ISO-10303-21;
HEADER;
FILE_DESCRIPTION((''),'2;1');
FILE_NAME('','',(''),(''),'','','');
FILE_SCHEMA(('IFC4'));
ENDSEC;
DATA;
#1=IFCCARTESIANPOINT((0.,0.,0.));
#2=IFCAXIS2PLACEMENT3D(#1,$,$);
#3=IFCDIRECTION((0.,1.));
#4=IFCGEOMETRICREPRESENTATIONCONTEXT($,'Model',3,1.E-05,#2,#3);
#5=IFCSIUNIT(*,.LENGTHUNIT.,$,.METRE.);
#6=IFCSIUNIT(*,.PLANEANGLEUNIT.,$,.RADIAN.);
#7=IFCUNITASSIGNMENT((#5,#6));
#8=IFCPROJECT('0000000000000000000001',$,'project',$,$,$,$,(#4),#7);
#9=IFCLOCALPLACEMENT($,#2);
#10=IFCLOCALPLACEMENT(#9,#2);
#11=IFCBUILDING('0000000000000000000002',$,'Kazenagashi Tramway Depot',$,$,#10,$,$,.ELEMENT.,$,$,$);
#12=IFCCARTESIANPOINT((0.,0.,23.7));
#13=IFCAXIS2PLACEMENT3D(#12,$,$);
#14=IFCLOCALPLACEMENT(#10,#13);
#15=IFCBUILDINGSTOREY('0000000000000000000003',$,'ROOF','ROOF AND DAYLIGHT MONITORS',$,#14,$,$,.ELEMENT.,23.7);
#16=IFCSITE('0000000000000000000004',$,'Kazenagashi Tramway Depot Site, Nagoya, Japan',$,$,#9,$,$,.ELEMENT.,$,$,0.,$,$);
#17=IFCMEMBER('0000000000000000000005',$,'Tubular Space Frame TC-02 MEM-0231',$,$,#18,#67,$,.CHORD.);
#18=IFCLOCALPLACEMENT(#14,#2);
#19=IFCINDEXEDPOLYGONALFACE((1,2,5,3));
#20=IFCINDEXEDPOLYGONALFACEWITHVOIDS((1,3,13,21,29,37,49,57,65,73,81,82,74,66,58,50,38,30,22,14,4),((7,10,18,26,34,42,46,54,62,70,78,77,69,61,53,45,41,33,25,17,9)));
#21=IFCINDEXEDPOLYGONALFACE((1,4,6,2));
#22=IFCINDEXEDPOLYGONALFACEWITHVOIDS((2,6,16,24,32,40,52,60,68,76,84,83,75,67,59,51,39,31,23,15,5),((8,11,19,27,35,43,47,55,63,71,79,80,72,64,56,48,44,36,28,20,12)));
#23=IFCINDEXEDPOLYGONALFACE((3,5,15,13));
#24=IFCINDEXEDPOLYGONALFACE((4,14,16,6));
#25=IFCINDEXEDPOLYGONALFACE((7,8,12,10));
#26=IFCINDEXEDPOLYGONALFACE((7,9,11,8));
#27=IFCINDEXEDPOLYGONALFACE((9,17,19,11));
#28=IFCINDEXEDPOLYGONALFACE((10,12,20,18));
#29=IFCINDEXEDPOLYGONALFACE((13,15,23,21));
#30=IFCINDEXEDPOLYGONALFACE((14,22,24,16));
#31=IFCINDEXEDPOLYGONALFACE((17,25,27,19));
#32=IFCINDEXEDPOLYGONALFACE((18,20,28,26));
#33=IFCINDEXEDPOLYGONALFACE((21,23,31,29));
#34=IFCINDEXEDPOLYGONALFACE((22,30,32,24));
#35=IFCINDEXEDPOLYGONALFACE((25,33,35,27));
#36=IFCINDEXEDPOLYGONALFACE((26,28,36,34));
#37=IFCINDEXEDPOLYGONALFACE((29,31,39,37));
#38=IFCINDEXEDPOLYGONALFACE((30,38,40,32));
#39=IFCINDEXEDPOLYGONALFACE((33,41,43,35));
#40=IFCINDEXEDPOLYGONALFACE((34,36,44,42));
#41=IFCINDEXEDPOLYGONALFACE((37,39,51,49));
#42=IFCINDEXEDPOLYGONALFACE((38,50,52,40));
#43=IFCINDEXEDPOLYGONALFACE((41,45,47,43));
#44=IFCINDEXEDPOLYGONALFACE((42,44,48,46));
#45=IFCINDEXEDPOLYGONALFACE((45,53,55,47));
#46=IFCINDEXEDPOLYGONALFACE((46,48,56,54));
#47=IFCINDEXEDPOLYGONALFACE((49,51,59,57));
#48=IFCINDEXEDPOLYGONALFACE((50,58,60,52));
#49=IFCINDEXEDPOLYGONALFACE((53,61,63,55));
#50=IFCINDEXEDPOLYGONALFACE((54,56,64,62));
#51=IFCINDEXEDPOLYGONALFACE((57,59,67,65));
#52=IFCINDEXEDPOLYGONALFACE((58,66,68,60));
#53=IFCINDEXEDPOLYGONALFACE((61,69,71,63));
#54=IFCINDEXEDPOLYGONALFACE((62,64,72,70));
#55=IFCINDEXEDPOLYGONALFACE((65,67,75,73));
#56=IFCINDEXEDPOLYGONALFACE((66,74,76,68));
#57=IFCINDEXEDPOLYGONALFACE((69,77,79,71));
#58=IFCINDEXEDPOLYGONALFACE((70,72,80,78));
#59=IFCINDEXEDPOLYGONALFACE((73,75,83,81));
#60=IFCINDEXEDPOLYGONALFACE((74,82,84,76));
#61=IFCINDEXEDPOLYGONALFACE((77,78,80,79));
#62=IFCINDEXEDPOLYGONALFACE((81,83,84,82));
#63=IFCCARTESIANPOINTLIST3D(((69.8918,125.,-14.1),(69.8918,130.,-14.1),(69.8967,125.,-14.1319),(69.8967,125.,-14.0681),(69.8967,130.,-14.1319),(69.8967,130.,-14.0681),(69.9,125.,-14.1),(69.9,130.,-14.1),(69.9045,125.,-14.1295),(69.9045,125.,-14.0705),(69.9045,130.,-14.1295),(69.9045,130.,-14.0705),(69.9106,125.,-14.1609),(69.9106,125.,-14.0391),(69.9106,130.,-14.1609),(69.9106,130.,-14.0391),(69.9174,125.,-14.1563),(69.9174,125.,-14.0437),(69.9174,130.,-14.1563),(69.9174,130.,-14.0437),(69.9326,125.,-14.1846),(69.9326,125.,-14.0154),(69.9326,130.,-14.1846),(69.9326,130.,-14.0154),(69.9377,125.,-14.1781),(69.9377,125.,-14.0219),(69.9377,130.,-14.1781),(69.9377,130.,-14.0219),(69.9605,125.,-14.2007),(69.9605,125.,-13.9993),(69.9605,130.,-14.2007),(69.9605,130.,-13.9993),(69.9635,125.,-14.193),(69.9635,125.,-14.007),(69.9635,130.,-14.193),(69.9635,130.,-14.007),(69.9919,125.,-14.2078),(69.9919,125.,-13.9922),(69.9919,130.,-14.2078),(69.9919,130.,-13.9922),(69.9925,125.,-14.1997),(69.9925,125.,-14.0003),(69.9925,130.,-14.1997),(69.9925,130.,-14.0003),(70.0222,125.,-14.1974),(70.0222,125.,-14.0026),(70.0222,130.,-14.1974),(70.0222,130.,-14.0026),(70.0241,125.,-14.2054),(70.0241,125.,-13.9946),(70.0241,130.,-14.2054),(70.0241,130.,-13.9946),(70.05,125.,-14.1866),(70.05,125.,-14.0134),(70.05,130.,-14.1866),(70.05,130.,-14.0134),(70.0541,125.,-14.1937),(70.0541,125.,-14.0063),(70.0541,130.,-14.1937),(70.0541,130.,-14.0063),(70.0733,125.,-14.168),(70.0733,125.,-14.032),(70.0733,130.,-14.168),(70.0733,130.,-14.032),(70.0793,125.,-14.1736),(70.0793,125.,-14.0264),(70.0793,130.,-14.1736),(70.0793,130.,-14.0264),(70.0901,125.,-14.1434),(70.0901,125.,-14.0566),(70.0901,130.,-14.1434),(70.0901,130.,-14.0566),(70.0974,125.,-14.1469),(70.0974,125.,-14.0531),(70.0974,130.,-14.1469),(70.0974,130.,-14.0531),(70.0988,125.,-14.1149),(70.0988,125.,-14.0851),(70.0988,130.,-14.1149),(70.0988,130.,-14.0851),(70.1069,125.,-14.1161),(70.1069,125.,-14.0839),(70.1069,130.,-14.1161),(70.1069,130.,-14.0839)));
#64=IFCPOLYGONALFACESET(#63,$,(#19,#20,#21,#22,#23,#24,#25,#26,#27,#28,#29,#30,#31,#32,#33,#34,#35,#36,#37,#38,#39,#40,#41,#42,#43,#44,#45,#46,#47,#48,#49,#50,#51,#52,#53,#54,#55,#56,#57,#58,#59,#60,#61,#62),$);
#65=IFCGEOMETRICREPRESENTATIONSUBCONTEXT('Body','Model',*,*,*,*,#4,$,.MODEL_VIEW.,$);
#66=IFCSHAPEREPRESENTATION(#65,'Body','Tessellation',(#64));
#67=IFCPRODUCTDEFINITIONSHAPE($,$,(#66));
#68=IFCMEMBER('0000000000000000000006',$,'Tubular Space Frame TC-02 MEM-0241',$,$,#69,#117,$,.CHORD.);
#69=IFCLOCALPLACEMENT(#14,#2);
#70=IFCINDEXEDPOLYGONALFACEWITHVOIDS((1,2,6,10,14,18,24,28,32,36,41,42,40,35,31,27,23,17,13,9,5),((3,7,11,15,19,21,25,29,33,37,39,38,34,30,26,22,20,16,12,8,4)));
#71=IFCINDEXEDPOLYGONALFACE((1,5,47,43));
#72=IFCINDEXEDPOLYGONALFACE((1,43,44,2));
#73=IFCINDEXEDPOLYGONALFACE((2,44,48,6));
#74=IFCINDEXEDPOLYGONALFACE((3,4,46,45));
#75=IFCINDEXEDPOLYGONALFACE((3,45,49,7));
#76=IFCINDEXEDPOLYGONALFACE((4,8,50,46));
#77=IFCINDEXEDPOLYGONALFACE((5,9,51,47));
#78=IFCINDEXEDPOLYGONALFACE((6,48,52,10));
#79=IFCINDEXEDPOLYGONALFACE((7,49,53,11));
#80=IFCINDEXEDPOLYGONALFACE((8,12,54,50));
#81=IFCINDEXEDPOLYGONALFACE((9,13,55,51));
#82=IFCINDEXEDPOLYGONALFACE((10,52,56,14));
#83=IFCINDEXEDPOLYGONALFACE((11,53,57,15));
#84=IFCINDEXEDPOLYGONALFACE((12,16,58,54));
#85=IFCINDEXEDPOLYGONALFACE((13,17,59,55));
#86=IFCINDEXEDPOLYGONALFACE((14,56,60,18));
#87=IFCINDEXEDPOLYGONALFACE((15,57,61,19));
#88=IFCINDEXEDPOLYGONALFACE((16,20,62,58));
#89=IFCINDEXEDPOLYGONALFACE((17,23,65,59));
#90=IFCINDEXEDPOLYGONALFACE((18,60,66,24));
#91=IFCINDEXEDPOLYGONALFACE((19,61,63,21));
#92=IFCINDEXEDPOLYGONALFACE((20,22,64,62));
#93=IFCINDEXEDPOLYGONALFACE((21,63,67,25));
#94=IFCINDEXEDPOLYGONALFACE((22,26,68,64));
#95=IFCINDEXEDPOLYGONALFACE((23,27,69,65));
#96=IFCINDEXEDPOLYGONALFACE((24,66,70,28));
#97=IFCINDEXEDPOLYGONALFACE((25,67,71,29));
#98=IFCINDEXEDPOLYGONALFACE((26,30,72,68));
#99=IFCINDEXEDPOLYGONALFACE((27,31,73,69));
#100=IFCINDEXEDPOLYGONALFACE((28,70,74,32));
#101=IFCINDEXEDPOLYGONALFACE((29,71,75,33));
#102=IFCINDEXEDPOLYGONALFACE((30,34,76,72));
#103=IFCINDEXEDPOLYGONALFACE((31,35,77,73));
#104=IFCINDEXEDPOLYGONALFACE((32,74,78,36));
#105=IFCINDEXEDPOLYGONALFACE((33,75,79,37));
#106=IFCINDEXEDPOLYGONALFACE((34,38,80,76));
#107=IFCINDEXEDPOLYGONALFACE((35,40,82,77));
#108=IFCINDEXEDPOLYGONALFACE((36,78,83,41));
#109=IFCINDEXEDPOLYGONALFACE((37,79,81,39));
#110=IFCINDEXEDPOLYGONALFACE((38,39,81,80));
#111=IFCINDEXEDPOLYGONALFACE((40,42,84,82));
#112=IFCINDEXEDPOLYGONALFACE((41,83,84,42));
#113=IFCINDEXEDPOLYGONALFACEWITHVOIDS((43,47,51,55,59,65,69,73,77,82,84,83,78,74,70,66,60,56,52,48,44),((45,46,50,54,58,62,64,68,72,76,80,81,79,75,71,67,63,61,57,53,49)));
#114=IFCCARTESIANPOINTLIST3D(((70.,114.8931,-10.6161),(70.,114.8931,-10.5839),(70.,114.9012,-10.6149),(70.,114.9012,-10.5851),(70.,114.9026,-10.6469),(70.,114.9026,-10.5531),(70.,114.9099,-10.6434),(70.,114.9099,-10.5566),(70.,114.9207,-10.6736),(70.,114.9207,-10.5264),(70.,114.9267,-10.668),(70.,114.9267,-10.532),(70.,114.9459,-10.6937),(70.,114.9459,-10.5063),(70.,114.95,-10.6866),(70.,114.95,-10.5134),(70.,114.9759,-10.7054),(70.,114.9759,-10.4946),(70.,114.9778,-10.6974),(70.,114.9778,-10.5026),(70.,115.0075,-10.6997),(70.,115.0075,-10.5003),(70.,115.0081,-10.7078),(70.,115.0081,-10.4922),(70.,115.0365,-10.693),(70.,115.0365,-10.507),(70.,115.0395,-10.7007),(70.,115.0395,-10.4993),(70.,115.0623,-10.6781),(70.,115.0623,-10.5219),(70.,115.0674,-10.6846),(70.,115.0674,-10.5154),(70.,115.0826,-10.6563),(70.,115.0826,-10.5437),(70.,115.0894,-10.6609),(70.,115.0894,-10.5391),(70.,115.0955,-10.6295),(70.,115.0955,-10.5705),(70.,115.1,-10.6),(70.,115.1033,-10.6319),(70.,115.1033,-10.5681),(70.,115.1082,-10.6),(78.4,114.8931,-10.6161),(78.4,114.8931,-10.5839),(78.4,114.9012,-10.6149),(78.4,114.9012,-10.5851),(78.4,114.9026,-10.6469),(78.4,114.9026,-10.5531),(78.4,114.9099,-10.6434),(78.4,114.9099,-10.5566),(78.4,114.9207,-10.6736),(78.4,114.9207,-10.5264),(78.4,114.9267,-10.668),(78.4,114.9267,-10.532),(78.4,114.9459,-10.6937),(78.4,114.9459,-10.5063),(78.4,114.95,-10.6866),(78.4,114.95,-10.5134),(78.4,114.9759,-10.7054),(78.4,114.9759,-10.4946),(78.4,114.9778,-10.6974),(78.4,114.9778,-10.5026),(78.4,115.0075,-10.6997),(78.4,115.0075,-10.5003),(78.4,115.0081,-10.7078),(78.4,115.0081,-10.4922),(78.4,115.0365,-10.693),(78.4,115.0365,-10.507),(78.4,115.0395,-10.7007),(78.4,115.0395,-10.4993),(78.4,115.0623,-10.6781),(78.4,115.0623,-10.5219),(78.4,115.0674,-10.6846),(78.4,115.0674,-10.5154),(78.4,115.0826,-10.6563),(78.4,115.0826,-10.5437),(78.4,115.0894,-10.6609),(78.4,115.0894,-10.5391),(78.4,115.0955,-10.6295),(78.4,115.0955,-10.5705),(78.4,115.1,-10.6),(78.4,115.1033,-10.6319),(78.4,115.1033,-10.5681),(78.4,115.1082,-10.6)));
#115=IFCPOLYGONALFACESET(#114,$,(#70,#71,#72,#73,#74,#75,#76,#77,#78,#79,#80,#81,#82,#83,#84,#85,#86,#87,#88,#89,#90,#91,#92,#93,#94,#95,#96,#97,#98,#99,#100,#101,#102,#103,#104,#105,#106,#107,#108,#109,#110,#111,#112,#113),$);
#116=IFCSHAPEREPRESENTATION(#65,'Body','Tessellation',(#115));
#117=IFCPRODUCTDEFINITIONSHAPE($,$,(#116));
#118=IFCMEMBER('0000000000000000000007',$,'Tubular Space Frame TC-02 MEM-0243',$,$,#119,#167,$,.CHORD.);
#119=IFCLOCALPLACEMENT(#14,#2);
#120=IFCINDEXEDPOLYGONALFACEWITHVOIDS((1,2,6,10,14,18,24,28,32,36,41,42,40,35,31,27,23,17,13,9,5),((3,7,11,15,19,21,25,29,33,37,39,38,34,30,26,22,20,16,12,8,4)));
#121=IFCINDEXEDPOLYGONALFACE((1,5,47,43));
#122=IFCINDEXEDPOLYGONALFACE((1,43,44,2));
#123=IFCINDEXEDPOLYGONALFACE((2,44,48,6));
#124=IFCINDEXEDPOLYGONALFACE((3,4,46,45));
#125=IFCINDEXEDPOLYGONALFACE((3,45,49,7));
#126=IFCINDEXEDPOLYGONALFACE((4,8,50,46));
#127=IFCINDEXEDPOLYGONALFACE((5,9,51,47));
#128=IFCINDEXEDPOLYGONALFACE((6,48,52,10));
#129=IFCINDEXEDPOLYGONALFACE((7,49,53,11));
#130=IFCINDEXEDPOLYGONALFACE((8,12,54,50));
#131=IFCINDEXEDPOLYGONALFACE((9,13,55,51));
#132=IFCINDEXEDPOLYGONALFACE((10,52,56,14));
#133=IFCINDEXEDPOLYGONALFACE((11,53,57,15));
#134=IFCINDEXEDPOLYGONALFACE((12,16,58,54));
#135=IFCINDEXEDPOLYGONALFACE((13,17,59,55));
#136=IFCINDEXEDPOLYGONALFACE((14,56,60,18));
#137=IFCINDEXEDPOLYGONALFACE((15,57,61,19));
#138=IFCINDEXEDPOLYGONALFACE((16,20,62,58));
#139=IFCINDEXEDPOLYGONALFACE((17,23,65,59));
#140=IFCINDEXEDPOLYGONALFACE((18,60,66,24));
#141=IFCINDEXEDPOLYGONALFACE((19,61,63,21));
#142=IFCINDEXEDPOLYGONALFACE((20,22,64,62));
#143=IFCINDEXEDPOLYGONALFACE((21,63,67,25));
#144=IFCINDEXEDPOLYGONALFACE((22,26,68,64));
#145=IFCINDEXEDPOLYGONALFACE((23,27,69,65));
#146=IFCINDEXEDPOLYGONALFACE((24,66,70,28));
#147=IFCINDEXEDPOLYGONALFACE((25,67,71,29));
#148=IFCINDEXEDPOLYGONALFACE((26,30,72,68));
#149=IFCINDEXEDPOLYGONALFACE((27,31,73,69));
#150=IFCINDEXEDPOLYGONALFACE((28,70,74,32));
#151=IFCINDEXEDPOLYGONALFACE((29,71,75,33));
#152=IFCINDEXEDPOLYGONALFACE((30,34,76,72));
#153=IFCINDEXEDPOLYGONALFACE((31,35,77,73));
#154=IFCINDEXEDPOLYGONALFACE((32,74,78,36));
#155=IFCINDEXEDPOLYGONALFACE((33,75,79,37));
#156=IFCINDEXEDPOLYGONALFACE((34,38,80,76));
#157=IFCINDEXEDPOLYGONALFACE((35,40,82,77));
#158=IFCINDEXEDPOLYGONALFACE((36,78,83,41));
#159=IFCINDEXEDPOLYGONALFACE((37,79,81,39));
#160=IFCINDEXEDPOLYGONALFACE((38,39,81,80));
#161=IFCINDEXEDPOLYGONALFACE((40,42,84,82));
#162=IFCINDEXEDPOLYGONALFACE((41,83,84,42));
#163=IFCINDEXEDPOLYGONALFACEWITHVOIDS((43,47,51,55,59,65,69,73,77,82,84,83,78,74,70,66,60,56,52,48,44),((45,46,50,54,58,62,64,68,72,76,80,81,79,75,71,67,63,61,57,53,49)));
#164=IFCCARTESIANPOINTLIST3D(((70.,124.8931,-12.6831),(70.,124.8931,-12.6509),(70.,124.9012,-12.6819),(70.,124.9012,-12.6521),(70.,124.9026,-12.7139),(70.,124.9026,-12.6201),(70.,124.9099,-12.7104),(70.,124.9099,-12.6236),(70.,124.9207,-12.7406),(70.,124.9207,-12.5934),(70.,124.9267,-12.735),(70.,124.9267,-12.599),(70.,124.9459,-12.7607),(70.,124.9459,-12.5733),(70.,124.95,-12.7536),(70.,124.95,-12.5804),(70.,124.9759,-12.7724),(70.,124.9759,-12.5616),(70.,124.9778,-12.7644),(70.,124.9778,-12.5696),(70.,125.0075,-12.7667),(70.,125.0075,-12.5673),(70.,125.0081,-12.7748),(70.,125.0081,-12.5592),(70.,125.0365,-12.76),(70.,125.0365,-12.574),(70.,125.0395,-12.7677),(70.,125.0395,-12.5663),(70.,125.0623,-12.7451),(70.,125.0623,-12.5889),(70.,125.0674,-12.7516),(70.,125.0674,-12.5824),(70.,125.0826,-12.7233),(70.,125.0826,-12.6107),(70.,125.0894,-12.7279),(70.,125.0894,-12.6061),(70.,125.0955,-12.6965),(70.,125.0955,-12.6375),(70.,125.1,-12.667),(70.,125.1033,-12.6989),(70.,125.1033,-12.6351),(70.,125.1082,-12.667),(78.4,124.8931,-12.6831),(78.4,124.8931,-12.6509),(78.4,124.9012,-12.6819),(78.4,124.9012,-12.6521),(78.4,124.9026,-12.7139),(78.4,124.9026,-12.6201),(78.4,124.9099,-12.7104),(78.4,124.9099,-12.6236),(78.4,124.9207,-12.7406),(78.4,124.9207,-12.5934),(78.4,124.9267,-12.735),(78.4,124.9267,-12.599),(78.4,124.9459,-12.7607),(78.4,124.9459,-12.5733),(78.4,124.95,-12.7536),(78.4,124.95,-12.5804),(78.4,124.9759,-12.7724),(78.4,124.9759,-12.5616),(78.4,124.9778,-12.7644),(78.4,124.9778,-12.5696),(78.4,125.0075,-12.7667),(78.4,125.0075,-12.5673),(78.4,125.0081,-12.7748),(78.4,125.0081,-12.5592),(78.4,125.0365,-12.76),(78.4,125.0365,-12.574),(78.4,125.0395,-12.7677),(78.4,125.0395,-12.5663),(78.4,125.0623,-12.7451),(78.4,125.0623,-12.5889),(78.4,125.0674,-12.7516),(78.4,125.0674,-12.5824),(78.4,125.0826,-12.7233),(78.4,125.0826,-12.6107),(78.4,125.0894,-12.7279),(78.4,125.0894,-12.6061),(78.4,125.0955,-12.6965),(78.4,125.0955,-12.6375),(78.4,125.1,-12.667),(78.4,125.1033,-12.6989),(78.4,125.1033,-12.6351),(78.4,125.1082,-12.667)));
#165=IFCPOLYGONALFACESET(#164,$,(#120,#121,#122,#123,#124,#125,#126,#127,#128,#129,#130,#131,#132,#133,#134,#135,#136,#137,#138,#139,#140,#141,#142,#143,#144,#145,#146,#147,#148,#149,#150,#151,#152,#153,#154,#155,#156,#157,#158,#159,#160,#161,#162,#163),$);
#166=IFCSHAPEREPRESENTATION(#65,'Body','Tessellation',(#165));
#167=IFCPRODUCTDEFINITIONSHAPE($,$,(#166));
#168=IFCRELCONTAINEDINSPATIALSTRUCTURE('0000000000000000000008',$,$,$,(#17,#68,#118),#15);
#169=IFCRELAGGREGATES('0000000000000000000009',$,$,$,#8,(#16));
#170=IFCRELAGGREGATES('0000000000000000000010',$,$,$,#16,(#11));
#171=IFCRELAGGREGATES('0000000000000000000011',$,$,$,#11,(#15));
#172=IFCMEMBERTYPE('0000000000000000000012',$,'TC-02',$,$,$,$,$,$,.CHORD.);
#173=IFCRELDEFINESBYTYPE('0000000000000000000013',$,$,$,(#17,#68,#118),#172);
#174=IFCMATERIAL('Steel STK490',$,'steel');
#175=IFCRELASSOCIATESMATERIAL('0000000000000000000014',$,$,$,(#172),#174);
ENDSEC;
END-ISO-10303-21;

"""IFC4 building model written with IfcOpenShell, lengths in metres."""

from ifc_helpers import new_model, si_unit, direction, frame, origin, origin_2d, place, context, subcontext, project, spatial, hollow_circle, extrude, material, material_profile, profile_set, type_object, element, save


model = new_model("IFC4")

# Units and contexts
model_context = context("Model", 3, precision=1e-05, world=origin(), true_north=direction((0.0, 1.0)))
body_context = subcontext(model_context, "Body", "Model", "MODEL_VIEW")
ifc_project = project(units=[si_unit("LENGTHUNIT", "METRE"), si_unit("PLANEANGLEUNIT", "RADIAN")], contexts=[model_context])

# Site, building, storey
site_placement = place(None, origin())
site = spatial("IfcSite", under=ifc_project, at=site_placement, Name="Kazenagashi Tramway Depot Site, Nagoya, Japan", CompositionType="ELEMENT", RefElevation=0.0)
building_placement = place(site_placement, origin())
building = spatial("IfcBuilding", under=site, at=building_placement, Name="Kazenagashi Tramway Depot", CompositionType="ELEMENT")
storey_placement = place(building_placement, frame((0.0, 0.0, 23.7)))
storey = spatial("IfcBuildingStorey", under=building, at=storey_placement, Name="ROOF", Description="ROOF AND DAYLIGHT MONITORS", CompositionType="ELEMENT", Elevation=23.7)

# Members
ifc_material_1 = material(Name="Steel STK490", Category="steel")
ifc_material_profile_1 = material_profile(ifc_material_1, hollow_circle(Radius=0.1081, WallThickness=0.0082, at=origin_2d()), Name="CHS-216.3x8.2")
ifc_profile_set_1 = profile_set([ifc_material_profile_1], Name="Steel STK490")
member_type_1 = type_object("IfcMemberType", Name="TC-02", PredefinedType="CHORD", material=ifc_profile_set_1)
for number, where, z_axis, x_axis, name in (
    (1, (70.0, 125.0, -14.1), (0.0, 1.0, 0.0), (-1.0, 0.0, 0.0), "Tubular Space Frame TC-02 MEM-0231"),
):
    element("IfcMember", number, at=place(storey_placement, frame(where, z_axis=z_axis, x_axis=x_axis)), inside=storey, type_object=member_type_1, Name=name, PredefinedType="CHORD", context=body_context, shape_type="SweptSolid", body=[
        extrude(hollow_circle(Radius=0.1081, WallThickness=0.0082, at=origin_2d()), origin(), (0.0, 0.0, 1.0), 5.0),
    ])
for number, where, z_axis, x_axis, name in (
    (2, (70.0, 115.0, -10.6), (1.0, 0.0, 0.0), (0.0, 1.0, 0.0), "Tubular Space Frame TC-02 MEM-0241"),
    (3, (70.0, 125.0, -12.667), (1.0, 0.0, 0.0), (0.0, 1.0, 0.0), "Tubular Space Frame TC-02 MEM-0243"),
):
    element("IfcMember", number, at=place(storey_placement, frame(where, z_axis=z_axis, x_axis=x_axis)), inside=storey, type_object=member_type_1, Name=name, PredefinedType="CHORD", context=body_context, shape_type="SweptSolid", body=[
        extrude(hollow_circle(Radius=0.1081, WallThickness=0.0082, at=origin_2d()), origin(), (0.0, 0.0, 1.0), 8.4),
    ])

save(model, "model.ifc")
